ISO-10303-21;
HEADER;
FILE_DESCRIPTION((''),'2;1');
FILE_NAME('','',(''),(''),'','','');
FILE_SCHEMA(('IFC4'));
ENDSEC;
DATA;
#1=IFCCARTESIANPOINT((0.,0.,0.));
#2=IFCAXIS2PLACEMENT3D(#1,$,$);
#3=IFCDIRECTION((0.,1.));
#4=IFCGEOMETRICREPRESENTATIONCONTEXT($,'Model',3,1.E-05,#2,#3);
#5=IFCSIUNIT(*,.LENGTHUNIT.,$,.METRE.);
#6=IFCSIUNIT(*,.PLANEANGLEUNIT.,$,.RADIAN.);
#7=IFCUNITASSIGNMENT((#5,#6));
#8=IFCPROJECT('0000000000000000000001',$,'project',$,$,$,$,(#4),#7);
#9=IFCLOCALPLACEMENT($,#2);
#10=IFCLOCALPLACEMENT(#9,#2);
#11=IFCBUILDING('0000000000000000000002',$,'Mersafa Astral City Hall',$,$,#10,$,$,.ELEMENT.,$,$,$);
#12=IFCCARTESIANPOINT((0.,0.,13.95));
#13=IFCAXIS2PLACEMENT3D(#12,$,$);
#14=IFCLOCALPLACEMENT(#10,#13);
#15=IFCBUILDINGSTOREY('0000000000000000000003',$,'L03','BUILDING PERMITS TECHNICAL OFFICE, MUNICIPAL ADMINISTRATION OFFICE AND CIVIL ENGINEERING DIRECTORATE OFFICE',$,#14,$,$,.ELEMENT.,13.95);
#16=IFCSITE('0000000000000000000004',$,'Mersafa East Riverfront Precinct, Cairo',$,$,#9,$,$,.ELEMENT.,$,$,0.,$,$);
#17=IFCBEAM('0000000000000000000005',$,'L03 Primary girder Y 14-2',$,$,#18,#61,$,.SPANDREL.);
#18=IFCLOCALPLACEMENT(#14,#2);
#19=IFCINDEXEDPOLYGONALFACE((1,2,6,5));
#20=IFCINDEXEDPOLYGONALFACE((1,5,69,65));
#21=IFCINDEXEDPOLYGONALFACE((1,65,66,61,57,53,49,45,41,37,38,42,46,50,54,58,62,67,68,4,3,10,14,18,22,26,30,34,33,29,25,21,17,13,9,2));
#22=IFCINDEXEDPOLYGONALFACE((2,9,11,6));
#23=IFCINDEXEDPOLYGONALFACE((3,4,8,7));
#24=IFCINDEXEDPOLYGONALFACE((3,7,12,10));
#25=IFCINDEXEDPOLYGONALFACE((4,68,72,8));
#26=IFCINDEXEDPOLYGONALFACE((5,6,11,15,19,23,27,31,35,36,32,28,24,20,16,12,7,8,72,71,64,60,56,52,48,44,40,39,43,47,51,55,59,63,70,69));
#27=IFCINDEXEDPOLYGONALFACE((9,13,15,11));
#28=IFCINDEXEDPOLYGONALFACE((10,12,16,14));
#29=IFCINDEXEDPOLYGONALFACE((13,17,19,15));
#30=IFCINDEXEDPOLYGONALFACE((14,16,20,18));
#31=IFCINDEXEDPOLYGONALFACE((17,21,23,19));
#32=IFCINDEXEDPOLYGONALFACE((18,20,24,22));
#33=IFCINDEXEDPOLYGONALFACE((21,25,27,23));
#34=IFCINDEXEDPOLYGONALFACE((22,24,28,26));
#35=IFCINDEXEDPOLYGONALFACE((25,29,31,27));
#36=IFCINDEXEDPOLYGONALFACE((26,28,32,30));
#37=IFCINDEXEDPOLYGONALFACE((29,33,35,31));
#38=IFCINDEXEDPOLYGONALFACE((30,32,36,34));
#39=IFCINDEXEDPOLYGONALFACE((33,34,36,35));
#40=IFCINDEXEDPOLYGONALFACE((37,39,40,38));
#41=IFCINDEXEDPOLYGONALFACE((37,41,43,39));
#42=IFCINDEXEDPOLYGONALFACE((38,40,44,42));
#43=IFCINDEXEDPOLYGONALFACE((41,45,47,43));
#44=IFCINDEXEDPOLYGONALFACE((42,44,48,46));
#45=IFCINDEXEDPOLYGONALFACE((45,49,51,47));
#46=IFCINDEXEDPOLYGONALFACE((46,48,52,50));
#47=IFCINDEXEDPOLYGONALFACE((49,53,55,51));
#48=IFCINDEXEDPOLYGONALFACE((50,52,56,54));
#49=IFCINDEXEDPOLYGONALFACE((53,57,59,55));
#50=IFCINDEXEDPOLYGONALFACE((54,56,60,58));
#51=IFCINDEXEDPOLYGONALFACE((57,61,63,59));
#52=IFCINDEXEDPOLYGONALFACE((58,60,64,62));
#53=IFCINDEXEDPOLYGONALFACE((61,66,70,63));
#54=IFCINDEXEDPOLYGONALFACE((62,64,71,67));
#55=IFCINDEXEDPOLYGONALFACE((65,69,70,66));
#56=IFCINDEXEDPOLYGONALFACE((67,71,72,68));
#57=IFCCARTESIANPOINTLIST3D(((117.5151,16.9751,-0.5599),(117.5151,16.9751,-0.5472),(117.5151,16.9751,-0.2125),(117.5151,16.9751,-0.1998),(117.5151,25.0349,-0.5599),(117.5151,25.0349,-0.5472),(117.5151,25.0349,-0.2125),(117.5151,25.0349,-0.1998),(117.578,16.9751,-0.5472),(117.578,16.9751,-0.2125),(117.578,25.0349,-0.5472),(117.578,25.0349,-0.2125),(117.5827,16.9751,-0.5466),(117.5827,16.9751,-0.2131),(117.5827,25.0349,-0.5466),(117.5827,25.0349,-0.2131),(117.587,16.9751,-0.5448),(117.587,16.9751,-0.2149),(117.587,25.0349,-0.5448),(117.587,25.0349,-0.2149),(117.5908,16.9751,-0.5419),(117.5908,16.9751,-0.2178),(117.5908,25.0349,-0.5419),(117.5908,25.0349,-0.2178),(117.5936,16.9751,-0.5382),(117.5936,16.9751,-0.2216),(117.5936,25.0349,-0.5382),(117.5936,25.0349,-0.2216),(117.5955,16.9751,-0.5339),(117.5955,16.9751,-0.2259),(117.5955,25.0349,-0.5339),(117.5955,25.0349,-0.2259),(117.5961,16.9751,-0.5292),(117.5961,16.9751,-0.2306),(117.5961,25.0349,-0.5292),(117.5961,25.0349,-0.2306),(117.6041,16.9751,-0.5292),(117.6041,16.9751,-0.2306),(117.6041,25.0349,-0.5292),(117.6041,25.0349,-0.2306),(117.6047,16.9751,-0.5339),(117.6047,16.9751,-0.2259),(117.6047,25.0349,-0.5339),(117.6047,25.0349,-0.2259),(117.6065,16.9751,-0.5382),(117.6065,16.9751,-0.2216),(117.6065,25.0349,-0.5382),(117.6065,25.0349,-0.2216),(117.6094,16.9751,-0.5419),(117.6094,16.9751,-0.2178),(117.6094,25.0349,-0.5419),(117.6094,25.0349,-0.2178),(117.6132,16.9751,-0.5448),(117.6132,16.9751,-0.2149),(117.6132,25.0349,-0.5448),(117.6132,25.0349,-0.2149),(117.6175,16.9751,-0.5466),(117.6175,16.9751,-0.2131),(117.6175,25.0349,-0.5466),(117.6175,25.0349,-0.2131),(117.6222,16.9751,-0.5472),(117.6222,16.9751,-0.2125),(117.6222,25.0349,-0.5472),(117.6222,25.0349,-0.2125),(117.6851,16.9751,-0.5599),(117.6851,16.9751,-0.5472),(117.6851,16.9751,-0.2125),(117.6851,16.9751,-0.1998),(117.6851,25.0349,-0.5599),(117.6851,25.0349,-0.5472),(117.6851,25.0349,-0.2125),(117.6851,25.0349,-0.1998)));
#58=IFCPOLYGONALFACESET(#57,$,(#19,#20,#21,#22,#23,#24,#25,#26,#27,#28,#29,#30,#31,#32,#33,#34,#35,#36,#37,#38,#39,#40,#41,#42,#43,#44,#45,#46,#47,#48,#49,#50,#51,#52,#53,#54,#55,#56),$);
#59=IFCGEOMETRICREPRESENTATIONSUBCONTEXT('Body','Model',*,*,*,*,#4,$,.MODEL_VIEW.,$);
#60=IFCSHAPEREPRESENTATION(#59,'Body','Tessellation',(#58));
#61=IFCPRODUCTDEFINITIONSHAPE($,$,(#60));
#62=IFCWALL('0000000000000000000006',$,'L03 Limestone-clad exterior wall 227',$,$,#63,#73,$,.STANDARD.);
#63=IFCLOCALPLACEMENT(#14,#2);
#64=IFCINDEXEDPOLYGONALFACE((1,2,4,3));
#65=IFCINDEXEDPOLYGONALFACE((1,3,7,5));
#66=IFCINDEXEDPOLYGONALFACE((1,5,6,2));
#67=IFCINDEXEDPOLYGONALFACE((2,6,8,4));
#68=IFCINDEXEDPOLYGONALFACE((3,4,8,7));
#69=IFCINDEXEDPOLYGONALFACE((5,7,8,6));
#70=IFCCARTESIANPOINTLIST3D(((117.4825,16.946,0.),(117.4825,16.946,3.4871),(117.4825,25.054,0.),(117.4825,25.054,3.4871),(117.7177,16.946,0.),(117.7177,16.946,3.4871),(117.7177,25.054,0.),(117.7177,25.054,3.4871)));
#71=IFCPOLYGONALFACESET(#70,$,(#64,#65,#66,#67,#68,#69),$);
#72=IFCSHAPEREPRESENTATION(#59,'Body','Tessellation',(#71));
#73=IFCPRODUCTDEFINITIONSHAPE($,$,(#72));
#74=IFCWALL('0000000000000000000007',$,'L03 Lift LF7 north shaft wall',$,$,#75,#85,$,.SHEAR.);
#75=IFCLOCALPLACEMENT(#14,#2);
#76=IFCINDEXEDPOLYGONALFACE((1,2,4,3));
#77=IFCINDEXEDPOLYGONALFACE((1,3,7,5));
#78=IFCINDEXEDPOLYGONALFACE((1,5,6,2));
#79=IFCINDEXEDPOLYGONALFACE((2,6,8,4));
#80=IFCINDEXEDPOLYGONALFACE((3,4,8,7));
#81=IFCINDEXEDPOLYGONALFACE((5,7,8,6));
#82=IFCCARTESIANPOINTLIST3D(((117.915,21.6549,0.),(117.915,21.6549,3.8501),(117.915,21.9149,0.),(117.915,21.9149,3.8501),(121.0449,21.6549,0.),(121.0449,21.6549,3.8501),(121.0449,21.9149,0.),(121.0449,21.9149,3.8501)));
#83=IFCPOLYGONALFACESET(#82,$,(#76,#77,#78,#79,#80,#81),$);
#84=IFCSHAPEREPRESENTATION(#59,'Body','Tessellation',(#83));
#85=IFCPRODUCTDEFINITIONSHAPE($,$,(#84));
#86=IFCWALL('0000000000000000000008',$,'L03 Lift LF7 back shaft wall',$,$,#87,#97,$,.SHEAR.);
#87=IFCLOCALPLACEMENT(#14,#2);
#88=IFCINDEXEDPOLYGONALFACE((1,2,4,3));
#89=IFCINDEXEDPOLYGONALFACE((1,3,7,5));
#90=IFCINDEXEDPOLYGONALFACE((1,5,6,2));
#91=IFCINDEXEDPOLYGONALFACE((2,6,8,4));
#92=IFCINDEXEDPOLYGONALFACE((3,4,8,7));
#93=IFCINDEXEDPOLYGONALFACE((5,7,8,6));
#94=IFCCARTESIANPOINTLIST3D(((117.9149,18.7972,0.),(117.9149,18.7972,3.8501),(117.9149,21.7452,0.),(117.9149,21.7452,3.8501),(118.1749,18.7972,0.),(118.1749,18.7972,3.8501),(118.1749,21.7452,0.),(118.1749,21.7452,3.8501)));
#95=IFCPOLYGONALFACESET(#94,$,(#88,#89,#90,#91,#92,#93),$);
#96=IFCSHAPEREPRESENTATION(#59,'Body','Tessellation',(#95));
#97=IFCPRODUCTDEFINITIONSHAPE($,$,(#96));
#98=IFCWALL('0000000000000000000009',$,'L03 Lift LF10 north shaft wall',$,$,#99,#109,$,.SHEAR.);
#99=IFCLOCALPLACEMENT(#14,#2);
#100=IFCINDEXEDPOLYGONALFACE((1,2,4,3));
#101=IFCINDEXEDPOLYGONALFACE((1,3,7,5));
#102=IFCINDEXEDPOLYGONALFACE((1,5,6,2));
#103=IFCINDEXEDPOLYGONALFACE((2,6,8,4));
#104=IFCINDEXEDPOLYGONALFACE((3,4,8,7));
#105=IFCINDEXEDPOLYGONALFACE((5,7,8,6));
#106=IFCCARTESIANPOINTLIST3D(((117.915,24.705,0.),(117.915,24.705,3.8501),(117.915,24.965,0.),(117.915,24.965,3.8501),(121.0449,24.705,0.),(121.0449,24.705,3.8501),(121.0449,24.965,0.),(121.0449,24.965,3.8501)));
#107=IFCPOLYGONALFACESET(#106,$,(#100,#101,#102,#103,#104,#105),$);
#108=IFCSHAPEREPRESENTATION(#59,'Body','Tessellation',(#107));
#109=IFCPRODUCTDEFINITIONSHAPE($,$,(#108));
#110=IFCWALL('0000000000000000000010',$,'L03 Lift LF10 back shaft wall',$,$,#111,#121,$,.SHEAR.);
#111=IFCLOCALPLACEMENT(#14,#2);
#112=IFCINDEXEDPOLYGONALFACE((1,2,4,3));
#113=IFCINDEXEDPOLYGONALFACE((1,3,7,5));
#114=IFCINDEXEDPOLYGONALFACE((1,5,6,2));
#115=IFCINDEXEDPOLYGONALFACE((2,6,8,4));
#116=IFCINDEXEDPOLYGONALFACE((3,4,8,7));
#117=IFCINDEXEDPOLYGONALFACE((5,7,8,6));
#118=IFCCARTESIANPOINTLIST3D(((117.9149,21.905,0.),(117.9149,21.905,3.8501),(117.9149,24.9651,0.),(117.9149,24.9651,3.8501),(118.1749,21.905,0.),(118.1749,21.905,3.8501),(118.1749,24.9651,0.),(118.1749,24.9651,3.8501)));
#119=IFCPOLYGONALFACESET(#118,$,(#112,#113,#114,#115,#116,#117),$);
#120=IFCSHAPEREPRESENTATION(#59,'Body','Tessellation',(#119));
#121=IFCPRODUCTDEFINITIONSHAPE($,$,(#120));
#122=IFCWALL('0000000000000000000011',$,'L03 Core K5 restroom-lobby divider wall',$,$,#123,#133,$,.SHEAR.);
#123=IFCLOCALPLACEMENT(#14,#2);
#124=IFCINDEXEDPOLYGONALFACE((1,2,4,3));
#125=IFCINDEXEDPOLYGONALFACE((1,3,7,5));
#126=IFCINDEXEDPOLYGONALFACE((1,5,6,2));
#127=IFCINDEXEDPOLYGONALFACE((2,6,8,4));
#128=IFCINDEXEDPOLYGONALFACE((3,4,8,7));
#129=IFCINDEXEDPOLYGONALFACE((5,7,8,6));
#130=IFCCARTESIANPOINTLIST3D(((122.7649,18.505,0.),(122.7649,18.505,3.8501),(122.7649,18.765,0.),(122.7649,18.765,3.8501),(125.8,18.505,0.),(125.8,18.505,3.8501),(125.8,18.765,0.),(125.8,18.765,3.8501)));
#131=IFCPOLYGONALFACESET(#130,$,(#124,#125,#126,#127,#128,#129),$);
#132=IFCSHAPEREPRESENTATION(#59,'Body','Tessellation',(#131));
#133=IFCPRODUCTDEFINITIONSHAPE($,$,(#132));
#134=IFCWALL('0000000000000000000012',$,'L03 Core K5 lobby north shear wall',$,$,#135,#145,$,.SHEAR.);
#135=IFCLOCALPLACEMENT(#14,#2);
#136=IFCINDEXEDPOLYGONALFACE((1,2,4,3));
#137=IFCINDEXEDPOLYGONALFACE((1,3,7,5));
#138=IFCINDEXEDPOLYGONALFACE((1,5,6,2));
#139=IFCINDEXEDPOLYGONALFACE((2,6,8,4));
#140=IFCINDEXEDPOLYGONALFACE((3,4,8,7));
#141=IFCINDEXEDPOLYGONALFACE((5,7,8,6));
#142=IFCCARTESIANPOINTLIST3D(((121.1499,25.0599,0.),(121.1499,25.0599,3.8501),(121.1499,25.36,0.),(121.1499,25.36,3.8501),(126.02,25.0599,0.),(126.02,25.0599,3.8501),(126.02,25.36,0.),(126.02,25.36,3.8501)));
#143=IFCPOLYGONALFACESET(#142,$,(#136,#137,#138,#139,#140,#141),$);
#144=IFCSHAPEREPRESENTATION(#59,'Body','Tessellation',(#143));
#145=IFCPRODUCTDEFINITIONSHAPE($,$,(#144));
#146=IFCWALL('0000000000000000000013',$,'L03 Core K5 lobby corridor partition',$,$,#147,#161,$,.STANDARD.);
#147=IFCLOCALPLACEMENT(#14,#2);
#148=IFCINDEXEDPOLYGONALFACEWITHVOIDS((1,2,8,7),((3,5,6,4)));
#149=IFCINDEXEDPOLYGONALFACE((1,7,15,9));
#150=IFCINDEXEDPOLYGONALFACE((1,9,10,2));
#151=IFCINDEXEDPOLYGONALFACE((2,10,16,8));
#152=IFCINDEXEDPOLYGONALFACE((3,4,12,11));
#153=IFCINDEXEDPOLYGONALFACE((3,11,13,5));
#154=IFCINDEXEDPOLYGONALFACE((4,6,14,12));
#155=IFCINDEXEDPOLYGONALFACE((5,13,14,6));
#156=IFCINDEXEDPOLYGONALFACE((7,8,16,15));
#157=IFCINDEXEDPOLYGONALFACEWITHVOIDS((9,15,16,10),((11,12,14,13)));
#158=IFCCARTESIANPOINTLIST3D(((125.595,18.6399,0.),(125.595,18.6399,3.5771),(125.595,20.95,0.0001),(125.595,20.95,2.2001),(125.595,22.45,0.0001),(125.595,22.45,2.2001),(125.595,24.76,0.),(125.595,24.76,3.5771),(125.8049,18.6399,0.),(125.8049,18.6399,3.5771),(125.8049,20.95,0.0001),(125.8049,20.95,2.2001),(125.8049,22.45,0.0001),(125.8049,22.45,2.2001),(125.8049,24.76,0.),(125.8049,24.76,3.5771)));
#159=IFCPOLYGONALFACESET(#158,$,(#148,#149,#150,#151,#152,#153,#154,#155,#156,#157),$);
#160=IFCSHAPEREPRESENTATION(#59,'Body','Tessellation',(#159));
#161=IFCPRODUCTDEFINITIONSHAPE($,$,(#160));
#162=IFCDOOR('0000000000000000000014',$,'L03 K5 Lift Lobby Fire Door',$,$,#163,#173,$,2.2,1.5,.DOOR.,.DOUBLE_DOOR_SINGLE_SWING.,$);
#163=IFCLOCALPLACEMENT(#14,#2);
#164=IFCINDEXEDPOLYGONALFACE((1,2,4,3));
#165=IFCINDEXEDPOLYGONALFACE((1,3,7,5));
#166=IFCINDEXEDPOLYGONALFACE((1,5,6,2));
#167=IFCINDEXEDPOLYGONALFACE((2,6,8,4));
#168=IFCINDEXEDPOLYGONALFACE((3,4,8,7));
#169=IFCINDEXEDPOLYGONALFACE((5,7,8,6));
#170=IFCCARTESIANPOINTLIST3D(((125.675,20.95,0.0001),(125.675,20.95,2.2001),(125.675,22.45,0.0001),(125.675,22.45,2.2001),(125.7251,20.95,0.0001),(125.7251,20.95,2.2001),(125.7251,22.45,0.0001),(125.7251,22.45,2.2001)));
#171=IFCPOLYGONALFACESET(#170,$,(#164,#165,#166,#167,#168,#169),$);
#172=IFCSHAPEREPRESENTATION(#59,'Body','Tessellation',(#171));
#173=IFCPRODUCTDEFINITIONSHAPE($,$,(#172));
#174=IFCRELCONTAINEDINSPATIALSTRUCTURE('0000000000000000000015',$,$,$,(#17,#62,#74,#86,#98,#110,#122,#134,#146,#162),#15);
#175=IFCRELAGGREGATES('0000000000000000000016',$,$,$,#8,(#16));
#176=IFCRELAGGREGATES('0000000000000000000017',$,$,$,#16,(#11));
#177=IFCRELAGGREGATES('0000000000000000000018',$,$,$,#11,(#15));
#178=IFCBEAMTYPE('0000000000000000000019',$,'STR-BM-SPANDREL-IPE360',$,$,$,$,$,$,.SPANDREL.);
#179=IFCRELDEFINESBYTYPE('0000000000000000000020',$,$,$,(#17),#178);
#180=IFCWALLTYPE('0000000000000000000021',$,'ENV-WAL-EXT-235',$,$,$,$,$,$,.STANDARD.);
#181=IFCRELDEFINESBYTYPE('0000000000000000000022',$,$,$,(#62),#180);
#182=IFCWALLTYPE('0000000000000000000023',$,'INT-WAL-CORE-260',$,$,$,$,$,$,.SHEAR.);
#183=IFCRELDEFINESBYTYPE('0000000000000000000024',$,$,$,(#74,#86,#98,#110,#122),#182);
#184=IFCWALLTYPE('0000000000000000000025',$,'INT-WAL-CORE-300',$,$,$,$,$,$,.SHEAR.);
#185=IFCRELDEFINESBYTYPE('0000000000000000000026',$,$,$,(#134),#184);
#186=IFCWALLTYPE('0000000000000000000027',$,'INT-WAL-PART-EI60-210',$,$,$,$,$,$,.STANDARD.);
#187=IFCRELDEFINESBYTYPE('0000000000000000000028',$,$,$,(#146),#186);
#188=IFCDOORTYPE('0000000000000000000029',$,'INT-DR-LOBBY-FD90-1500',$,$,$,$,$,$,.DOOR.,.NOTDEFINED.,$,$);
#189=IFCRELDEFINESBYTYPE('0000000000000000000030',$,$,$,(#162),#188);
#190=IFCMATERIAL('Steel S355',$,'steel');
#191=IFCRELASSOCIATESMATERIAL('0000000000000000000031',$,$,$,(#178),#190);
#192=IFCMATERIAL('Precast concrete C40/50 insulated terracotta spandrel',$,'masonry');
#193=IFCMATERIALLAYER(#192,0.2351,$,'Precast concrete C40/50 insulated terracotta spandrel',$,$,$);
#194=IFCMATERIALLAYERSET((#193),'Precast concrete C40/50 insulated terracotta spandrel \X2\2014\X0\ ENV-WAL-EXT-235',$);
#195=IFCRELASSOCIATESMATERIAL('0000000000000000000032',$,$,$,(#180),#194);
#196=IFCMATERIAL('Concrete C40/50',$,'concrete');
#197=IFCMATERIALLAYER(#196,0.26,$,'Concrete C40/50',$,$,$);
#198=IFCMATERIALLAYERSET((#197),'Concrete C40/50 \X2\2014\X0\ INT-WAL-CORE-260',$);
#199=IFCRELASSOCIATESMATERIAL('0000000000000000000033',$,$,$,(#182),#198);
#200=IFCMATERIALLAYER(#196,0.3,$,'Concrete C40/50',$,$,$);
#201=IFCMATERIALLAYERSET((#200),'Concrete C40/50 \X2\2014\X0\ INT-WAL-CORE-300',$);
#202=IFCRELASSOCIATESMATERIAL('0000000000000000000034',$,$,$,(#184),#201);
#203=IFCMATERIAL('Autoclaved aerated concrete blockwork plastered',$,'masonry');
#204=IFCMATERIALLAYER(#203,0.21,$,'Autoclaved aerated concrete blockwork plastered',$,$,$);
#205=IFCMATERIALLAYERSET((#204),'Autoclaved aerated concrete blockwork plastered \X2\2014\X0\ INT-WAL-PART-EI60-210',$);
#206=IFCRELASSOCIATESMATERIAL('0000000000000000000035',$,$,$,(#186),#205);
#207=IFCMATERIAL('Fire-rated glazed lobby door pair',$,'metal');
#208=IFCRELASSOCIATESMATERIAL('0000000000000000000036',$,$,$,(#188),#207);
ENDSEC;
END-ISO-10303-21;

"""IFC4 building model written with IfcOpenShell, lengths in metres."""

from ifc_helpers import new_model, si_unit, direction, frame, frame_2d, origin, origin_2d, place, context, subcontext, project, spatial, rectangle, i_section, extrude, material, layer, layer_set, material_profile, profile_set, type_object, element, fill, save


model = new_model("IFC4")

# Units and contexts
model_context = context("Model", 3, precision=1e-05, world=origin(), true_north=direction((0.0, 1.0)))
body_context = subcontext(model_context, "Body", "Model", "MODEL_VIEW")
ifc_project = project(units=[si_unit("LENGTHUNIT", "METRE"), si_unit("PLANEANGLEUNIT", "RADIAN")], contexts=[model_context])

# Site, building, storey
site_placement = place(None, origin())
site = spatial("IfcSite", under=ifc_project, at=site_placement, Name="Mersafa East Riverfront Precinct, Cairo", CompositionType="ELEMENT", RefElevation=0.0)
building_placement = place(site_placement, origin())
building = spatial("IfcBuilding", under=site, at=building_placement, Name="Mersafa Astral City Hall", CompositionType="ELEMENT")
storey_placement = place(building_placement, frame((0.0, 0.0, 13.95)))
storey = spatial("IfcBuildingStorey", under=building, at=storey_placement, Name="L03", Description="BUILDING PERMITS TECHNICAL OFFICE, MUNICIPAL ADMINISTRATION OFFICE AND CIVIL ENGINEERING DIRECTORATE OFFICE", CompositionType="ELEMENT", Elevation=13.95)

# Shared definitions
ifc_material_1 = material(Name="Steel S355", Category="steel")

# Beam
ifc_material_profile_1 = material_profile(ifc_material_1, i_section(OverallWidth=0.1699, OverallDepth=0.3601, WebThickness=0.0081, FlangeThickness=0.0127, FilletRadius=0.0181, at=origin_2d()), Name="IPE 360")
ifc_profile_set_1 = profile_set([ifc_material_profile_1], Name="Steel S355")
beam_type_1 = type_object("IfcBeamType", Name="STR-BM-SPANDREL-IPE360", PredefinedType="SPANDREL", material=ifc_profile_set_1)
beam_1_placement = place(storey_placement, frame((117.6001, 16.9751, -0.3799), z_axis=(0.0, 1.0, 0.0), x_axis=(-1.0, 0.0, 0.0)))
element("IfcBeam", 1, at=beam_1_placement, inside=storey, type_object=beam_type_1, Name="L03 Primary girder Y 14-2", PredefinedType="SPANDREL", context=body_context, shape_type="SweptSolid", body=[
    extrude(i_section(OverallWidth=0.1699, OverallDepth=0.3601, WebThickness=0.0081, FlangeThickness=0.0127, FilletRadius=0.0181, at=origin_2d()), origin(), (0.0, 0.0, 1.0), 8.0598),
])

# Walls
ifc_material_2 = material(Name="Precast concrete C40/50 insulated terracotta spandrel", Category="masonry")
ifc_layer_1 = layer(ifc_material_2, 0.2351, Name="Precast concrete C40/50 insulated terracotta spandrel")
ifc_layer_set_1 = layer_set([ifc_layer_1], Name="Precast concrete C40/50 insulated terracotta spandrel — ENV-WAL-EXT-235")
wall_type_1 = type_object("IfcWallType", Name="ENV-WAL-EXT-235", PredefinedType="STANDARD", material=ifc_layer_set_1)
wall_1_placement = place(storey_placement, frame((117.6001, 25.054, 0.0), z_axis=(0.0, 0.0, 1.0), x_axis=(0.0, -1.0, 0.0)))
element("IfcWall", 2, at=wall_1_placement, inside=storey, type_object=wall_type_1, Name="L03 Limestone-clad exterior wall 227", PredefinedType="STANDARD", context=body_context, shape_type="SweptSolid", body=[
    extrude(rectangle(XDim=8.1079, YDim=0.2351, at=frame_2d((4.054, 0.0))), origin(), (0.0, 0.0, 1.0), 3.4871),
])
ifc_material_3 = material(Name="Concrete C40/50", Category="concrete")
ifc_layer_2 = layer(ifc_material_3, 0.26, Name="Concrete C40/50")
ifc_layer_set_2 = layer_set([ifc_layer_2], Name="Concrete C40/50 — INT-WAL-CORE-260")
wall_type_2 = type_object("IfcWallType", Name="INT-WAL-CORE-260", PredefinedType="SHEAR", material=ifc_layer_set_2)
wall_2_placement = place(storey_placement, frame((117.915, 21.7849, 0.0), z_axis=(0.0, 0.0, 1.0), x_axis=(1.0, 0.0, 0.0)))
element("IfcWall", 3, at=wall_2_placement, inside=storey, type_object=wall_type_2, Name="L03 Lift LF7 north shaft wall", PredefinedType="SHEAR", context=body_context, shape_type="SweptSolid", body=[
    extrude(rectangle(XDim=3.1299, YDim=0.26, at=frame_2d((1.5649, 0.0))), origin(), (0.0, 0.0, 1.0), 3.8501),
])
wall_3_placement = place(storey_placement, frame((118.0449, 18.7971, 0.0), z_axis=(0.0, 0.0, 1.0), x_axis=(0.0, 1.0, 0.0)))
element("IfcWall", 4, at=wall_3_placement, inside=storey, type_object=wall_type_2, Name="L03 Lift LF7 back shaft wall", PredefinedType="SHEAR", context=body_context, shape_type="SweptSolid", body=[
    extrude(rectangle(XDim=2.948, YDim=0.26, at=frame_2d((1.4741, 0.0))), origin(), (0.0, 0.0, 1.0), 3.8501),
])

# Walls
wall_4_placement = place(storey_placement, frame((117.915, 24.835, 0.0), z_axis=(0.0, 0.0, 1.0), x_axis=(1.0, 0.0, 0.0)))
element("IfcWall", 5, at=wall_4_placement, inside=storey, type_object=wall_type_2, Name="L03 Lift LF10 north shaft wall", PredefinedType="SHEAR", context=body_context, shape_type="SweptSolid", body=[
    extrude(rectangle(XDim=3.1299, YDim=0.26, at=frame_2d((1.5649, 0.0))), origin(), (0.0, 0.0, 1.0), 3.8501),
])
wall_5_placement = place(storey_placement, frame((118.0449, 21.905, 0.0), z_axis=(0.0, 0.0, 1.0), x_axis=(0.0, 1.0, 0.0)))
element("IfcWall", 6, at=wall_5_placement, inside=storey, type_object=wall_type_2, Name="L03 Lift LF10 back shaft wall", PredefinedType="SHEAR", context=body_context, shape_type="SweptSolid", body=[
    extrude(rectangle(XDim=3.0601, YDim=0.26, at=frame_2d((1.53, 0.0))), origin(), (0.0, 0.0, 1.0), 3.8501),
])

# Walls
wall_6_placement = place(storey_placement, frame((122.7649, 18.635, 0.0), z_axis=(0.0, 0.0, 1.0), x_axis=(1.0, 0.0, 0.0)))
element("IfcWall", 7, at=wall_6_placement, inside=storey, type_object=wall_type_2, Name="L03 Core K5 restroom-lobby divider wall", PredefinedType="SHEAR", context=body_context, shape_type="SweptSolid", body=[
    extrude(rectangle(XDim=3.0352, YDim=0.26, at=frame_2d((1.5176, 0.0))), origin(), (0.0, 0.0, 1.0), 3.8501),
])
ifc_layer_3 = layer(ifc_material_3, 0.3, Name="Concrete C40/50")
ifc_layer_set_3 = layer_set([ifc_layer_3], Name="Concrete C40/50 — INT-WAL-CORE-300")
wall_type_3 = type_object("IfcWallType", Name="INT-WAL-CORE-300", PredefinedType="SHEAR", material=ifc_layer_set_3)
wall_7_placement = place(storey_placement, frame((121.1499, 25.21, 0.0), z_axis=(0.0, 0.0, 1.0), x_axis=(1.0, 0.0, 0.0)))
element("IfcWall", 8, at=wall_7_placement, inside=storey, type_object=wall_type_3, Name="L03 Core K5 lobby north shear wall", PredefinedType="SHEAR", context=body_context, shape_type="SweptSolid", body=[
    extrude(rectangle(XDim=4.8701, YDim=0.3, at=frame_2d((2.4351, 0.0))), origin(), (0.0, 0.0, 1.0), 3.8501),
])

# Wall, opening, door
ifc_material_4 = material(Name="Autoclaved aerated concrete blockwork plastered", Category="masonry")
ifc_layer_4 = layer(ifc_material_4, 0.21, Name="Autoclaved aerated concrete blockwork plastered")
ifc_layer_set_4 = layer_set([ifc_layer_4], Name="Autoclaved aerated concrete blockwork plastered — INT-WAL-PART-EI60-210")
wall_type_4 = type_object("IfcWallType", Name="INT-WAL-PART-EI60-210", PredefinedType="STANDARD", material=ifc_layer_set_4)
wall_8_placement = place(storey_placement, frame((125.7, 18.6399, 0.0), z_axis=(0.0, 0.0, 1.0), x_axis=(0.0, 1.0, 0.0)))
wall_8 = element("IfcWall", 9, at=wall_8_placement, inside=storey, type_object=wall_type_4, Name="L03 Core K5 lobby corridor partition", PredefinedType="STANDARD", context=body_context, shape_type="SweptSolid", body=[
    extrude(rectangle(XDim=6.1201, YDim=0.21, at=frame_2d((3.0601, 0.0))), origin(), (0.0, 0.0, 1.0), 3.5771),
])
opening_1_placement = place(wall_8_placement, frame((2.3101, 0.0, 0.0)))
opening_1 = element("IfcOpeningElement", 10, at=opening_1_placement, cuts=wall_8, PredefinedType="OPENING", context=body_context, shape_type="SweptSolid", body=[
    extrude(rectangle(XDim=1.5, YDim=2.2, at=frame_2d((0.75, 1.1001))), frame((0.0, 0.115, 0.0), z_axis=(0.0, -1.0, 0.0), x_axis=(1.0, 0.0, 0.0)), (0.0, 0.0, 1.0), 0.23),
])
ifc_material_5 = material(Name="Fire-rated glazed lobby door pair", Category="metal")
door_type_1 = type_object("IfcDoorType", Name="INT-DR-LOBBY-FD90-1500", OperationType="NOTDEFINED", PredefinedType="DOOR", material=ifc_material_5)
door_1_placement = place(opening_1_placement, origin())
door_1 = element("IfcDoor", 11, at=door_1_placement, inside=storey, type_object=door_type_1, Name="L03 K5 Lift Lobby Fire Door", OperationType="DOUBLE_DOOR_SINGLE_SWING", OverallHeight=2.2, OverallWidth=1.5, PredefinedType="DOOR", context=body_context, shape_type="SweptSolid", body=[
    extrude(rectangle(XDim=1.5, YDim=2.2, at=frame_2d((0.75, 1.1001))), frame((0.0, 0.0249, 0.0), z_axis=(0.0, -1.0, 0.0), x_axis=(1.0, 0.0, 0.0)), (0.0, 0.0, 1.0), 0.05),
])
fill(opening_1, door_1)

save(model, "model.ifc")
